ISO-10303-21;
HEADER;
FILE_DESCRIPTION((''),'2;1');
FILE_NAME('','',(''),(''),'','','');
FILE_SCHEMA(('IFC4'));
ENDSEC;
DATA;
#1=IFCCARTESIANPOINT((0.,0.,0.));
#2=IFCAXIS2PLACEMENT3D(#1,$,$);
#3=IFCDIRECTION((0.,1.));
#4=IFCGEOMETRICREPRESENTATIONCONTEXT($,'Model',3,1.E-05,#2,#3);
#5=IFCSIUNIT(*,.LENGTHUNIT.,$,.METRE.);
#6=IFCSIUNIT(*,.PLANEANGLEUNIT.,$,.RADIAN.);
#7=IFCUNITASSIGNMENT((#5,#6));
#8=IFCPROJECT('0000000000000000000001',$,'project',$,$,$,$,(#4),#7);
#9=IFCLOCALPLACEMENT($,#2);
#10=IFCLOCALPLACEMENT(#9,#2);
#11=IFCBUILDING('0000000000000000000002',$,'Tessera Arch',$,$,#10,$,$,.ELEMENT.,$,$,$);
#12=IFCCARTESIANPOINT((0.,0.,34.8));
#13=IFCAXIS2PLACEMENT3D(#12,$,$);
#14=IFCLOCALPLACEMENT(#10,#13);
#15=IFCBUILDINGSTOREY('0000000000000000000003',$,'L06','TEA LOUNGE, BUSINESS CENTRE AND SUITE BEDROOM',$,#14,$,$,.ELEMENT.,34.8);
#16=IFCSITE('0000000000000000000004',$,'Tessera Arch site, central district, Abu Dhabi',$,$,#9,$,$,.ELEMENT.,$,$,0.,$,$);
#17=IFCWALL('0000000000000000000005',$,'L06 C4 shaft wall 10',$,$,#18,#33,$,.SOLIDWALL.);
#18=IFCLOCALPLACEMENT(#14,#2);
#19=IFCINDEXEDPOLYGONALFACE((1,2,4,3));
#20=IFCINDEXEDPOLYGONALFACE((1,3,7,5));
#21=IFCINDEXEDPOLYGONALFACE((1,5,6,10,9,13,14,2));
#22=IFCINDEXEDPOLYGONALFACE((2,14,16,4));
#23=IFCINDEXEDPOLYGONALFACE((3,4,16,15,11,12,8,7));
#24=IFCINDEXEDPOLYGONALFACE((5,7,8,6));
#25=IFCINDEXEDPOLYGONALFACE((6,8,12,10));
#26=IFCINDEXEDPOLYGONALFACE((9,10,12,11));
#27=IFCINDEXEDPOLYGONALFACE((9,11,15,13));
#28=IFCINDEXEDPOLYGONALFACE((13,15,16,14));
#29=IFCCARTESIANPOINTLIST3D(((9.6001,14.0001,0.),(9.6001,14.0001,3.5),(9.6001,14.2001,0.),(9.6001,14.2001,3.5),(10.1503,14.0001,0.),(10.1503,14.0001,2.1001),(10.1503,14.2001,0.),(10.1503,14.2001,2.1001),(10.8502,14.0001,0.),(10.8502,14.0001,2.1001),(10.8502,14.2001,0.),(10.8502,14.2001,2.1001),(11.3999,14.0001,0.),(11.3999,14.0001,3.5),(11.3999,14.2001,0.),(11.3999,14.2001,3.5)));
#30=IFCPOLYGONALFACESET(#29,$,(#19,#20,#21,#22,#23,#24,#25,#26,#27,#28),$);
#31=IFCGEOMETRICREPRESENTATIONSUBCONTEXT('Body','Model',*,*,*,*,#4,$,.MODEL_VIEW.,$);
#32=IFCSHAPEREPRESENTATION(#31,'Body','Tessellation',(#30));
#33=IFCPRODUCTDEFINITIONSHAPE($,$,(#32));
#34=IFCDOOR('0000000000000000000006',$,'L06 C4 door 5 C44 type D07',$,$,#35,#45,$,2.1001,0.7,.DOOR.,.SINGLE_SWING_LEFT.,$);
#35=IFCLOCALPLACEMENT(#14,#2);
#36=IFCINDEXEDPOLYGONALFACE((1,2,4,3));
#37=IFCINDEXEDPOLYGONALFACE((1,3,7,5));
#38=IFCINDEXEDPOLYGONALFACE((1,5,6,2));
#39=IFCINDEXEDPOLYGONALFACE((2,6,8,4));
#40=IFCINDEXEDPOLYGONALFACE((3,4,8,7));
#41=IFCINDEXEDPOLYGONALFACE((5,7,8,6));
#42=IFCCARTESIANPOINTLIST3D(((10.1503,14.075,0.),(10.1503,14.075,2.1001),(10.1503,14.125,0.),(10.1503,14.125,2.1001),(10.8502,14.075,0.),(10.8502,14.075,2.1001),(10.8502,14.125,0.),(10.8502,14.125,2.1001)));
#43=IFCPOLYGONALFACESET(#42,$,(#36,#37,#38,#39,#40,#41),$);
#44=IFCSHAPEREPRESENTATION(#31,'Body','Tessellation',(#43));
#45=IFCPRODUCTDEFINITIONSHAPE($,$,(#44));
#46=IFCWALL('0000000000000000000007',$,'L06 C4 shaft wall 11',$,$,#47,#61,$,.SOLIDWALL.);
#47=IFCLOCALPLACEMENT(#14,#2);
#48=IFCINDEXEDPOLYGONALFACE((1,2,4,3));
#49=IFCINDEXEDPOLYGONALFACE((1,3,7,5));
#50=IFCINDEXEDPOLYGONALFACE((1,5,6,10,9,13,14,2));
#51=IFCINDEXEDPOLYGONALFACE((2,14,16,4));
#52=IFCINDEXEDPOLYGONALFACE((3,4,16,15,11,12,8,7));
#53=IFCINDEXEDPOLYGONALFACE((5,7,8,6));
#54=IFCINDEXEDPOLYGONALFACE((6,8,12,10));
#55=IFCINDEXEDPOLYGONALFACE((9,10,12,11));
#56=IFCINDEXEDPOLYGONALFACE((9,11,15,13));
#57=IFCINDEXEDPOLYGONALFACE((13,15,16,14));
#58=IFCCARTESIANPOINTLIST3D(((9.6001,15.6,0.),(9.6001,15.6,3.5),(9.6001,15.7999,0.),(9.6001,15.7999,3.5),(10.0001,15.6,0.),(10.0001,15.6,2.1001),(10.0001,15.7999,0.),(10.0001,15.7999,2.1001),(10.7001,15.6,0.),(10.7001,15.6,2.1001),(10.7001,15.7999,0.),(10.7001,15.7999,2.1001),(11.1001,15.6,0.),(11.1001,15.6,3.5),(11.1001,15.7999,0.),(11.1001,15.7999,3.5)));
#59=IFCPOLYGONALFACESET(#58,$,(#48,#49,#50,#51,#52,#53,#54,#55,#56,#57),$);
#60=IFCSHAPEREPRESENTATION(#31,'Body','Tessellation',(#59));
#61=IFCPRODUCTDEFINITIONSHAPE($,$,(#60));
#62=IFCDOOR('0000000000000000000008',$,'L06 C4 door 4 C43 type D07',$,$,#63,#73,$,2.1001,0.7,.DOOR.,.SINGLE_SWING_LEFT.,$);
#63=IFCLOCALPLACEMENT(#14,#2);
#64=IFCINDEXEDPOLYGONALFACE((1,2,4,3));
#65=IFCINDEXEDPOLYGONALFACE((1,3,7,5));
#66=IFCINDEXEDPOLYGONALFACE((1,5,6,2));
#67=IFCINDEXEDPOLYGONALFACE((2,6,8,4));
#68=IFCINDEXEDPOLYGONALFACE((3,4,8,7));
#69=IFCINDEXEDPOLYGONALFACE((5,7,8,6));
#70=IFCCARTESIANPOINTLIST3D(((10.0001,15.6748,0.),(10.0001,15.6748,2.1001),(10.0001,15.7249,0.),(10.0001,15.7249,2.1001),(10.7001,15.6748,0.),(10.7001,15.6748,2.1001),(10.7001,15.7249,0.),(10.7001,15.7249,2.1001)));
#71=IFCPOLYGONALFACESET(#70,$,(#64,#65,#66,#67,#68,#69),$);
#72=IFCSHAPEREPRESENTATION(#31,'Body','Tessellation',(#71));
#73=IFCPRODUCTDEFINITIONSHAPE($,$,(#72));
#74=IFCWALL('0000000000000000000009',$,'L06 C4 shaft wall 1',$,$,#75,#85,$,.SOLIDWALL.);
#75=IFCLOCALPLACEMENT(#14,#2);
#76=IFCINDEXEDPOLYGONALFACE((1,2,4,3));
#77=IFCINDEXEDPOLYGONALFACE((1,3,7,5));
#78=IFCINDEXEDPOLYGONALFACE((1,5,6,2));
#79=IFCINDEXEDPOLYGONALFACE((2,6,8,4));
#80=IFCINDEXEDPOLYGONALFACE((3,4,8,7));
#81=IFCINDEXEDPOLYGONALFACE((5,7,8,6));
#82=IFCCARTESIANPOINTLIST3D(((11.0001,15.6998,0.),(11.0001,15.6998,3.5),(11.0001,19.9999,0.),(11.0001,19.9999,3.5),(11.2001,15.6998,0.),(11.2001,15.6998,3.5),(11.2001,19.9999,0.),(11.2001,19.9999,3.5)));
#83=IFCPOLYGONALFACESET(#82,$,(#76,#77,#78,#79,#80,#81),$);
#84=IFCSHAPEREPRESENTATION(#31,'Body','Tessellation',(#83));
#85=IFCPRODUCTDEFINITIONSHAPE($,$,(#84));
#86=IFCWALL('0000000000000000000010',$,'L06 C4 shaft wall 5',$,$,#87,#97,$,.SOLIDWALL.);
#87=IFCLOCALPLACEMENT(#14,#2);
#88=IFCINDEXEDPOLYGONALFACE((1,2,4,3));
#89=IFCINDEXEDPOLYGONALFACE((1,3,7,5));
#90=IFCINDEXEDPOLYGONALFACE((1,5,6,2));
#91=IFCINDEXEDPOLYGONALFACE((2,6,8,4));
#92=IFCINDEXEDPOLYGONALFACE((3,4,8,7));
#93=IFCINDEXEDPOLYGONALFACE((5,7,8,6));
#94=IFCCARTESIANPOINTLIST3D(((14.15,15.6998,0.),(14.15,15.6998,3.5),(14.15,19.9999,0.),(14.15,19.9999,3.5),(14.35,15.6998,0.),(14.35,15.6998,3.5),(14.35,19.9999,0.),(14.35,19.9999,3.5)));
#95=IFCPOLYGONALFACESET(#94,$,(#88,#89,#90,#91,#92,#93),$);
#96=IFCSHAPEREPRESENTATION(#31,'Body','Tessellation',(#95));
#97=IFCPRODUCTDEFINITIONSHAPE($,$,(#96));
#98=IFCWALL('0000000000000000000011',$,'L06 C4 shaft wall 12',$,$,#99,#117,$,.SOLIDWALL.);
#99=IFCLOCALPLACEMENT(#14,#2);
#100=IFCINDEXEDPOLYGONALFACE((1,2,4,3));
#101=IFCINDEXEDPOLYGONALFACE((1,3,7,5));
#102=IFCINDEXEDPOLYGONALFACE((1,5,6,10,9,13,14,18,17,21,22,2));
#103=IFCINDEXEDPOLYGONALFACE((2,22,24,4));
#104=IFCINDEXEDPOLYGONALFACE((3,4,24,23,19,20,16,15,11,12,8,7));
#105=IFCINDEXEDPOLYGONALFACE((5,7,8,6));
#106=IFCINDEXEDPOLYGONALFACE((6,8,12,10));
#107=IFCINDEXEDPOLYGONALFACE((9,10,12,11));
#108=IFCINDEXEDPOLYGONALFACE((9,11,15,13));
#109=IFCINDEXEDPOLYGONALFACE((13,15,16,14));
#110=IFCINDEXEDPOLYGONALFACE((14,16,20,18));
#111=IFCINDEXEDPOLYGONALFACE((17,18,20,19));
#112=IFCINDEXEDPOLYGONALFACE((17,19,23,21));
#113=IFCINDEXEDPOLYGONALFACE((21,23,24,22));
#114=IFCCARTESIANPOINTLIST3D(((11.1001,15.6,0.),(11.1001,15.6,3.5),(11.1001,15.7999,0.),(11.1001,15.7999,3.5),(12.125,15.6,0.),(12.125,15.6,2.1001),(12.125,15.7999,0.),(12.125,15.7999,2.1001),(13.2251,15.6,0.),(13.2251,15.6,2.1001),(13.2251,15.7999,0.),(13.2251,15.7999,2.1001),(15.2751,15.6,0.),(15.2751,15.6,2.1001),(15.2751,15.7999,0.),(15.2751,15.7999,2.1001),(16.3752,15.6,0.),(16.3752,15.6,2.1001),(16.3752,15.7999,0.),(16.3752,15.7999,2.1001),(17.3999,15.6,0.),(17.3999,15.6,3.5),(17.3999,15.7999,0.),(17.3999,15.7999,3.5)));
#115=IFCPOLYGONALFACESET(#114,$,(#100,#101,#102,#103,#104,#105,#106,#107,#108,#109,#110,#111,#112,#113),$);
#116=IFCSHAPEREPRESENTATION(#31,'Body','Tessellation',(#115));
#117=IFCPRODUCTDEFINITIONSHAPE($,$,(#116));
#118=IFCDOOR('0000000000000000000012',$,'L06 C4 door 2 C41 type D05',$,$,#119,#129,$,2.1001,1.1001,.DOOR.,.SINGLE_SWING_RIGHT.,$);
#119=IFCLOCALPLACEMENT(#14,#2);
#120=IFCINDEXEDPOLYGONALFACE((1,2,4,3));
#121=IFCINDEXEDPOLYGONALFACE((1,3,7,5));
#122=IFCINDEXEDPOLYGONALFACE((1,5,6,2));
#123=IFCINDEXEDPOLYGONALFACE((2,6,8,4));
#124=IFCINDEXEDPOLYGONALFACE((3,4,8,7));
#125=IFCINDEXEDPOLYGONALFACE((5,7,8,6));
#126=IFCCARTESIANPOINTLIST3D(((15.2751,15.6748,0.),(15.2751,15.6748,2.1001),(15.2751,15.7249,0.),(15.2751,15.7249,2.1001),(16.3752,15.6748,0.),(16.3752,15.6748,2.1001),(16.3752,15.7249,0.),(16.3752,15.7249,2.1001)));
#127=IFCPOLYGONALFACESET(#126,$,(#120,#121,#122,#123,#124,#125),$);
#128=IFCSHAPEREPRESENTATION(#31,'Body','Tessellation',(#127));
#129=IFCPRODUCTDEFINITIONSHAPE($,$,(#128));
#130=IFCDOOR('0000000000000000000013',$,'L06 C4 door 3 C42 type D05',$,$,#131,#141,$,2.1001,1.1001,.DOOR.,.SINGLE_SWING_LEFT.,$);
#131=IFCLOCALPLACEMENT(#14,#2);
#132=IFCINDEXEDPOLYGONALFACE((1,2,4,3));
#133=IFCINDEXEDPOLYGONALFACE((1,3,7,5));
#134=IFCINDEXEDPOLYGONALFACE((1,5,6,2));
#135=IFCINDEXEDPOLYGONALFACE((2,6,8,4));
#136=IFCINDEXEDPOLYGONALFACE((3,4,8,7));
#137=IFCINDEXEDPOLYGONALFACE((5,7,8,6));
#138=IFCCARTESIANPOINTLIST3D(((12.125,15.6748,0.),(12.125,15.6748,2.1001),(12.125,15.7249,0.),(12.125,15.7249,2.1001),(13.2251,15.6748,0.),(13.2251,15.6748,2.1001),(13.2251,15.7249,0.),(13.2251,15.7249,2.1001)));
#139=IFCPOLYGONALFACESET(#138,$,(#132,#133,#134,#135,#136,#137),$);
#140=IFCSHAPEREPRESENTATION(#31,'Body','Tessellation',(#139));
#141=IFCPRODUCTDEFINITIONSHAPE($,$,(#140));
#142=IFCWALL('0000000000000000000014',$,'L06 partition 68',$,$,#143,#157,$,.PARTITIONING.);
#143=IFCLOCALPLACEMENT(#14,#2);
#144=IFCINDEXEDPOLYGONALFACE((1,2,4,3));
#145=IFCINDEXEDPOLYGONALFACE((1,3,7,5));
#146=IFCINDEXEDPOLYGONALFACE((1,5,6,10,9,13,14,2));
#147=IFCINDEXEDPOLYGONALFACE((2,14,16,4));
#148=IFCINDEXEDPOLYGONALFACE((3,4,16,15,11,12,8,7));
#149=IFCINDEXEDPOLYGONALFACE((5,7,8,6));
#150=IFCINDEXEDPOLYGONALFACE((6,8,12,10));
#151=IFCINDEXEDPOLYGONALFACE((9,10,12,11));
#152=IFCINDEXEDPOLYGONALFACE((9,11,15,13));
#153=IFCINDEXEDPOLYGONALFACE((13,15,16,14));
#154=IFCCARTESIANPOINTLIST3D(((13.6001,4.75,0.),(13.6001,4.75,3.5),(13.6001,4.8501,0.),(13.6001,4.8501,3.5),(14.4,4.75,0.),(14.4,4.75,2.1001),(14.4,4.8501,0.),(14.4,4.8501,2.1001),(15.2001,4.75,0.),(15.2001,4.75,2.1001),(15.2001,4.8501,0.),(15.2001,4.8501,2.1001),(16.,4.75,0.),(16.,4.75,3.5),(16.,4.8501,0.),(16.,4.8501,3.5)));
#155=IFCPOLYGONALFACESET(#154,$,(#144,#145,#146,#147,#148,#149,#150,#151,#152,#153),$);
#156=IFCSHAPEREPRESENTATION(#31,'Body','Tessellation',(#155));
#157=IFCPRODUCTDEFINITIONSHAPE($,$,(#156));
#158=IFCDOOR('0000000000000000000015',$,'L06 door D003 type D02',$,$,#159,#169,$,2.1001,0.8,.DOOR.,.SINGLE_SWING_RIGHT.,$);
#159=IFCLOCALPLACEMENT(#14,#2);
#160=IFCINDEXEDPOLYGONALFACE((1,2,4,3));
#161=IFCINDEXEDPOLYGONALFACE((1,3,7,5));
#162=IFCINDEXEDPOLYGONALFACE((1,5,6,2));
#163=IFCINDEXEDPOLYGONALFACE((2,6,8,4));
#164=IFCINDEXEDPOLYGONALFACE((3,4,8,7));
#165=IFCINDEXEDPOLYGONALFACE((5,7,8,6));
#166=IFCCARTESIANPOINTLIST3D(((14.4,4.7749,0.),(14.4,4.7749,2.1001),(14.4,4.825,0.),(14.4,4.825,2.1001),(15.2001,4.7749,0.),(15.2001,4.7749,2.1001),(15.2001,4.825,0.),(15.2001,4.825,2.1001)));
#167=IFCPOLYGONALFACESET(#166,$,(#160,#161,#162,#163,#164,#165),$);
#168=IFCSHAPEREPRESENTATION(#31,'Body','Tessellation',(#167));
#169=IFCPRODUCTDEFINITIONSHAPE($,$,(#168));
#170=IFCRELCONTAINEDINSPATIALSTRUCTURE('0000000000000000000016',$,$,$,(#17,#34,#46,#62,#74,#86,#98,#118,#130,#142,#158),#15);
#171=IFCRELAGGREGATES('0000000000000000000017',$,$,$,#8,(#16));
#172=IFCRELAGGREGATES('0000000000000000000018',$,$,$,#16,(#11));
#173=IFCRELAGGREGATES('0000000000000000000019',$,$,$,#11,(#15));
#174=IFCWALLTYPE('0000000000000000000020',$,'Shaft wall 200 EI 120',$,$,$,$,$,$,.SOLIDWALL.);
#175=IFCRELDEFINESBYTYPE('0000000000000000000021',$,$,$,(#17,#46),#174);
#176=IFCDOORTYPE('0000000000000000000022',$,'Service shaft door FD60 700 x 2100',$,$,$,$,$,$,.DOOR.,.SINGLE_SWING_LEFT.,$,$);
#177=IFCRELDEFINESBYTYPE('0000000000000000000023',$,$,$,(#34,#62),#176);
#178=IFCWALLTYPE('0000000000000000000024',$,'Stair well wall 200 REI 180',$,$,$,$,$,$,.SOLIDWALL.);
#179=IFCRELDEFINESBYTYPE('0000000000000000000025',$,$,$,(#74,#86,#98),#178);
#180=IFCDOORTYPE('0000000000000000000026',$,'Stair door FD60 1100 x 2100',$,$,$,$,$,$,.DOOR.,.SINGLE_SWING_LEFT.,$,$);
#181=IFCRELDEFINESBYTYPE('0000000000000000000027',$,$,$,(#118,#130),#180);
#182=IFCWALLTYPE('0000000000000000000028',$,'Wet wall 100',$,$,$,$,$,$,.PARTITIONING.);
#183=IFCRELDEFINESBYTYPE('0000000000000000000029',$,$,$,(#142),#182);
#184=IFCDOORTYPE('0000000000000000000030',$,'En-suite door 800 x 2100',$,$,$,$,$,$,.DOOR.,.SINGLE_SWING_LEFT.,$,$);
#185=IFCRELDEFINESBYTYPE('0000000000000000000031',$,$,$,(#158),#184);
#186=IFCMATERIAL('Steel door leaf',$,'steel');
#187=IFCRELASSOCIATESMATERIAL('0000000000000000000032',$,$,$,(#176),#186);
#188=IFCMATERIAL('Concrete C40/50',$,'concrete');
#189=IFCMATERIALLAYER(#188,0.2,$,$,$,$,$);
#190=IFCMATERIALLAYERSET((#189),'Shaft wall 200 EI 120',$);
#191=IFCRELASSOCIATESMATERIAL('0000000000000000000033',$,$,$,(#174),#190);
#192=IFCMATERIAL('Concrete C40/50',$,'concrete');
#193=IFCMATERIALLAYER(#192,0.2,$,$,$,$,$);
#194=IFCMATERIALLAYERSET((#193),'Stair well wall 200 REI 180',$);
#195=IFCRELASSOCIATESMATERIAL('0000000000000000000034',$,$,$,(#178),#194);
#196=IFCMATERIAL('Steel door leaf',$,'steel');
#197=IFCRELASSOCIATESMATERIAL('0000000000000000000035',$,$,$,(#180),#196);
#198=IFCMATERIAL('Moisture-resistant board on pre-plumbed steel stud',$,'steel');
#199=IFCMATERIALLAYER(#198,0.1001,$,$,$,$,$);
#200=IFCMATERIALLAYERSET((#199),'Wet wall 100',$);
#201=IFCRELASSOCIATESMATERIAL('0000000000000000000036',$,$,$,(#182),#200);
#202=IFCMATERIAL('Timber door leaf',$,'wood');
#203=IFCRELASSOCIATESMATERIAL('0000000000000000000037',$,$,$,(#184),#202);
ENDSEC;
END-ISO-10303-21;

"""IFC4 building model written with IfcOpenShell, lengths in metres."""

from ifc_helpers import new_model, si_unit, direction, frame, frame_2d, origin, place, context, subcontext, project, spatial, rectangle, extrude, material, layer, layer_set, type_object, element, fill, save


model = new_model("IFC4")

# Units and contexts
model_context = context("Model", 3, precision=1e-05, world=origin(), true_north=direction((0.0, 1.0)))
body_context = subcontext(model_context, "Body", "Model", "MODEL_VIEW")
ifc_project = project(units=[si_unit("LENGTHUNIT", "METRE"), si_unit("PLANEANGLEUNIT", "RADIAN")], contexts=[model_context])

# Site, building, storey
site_placement = place(None, origin())
site = spatial("IfcSite", under=ifc_project, at=site_placement, Name="Tessera Arch site, central district, Abu Dhabi", CompositionType="ELEMENT", RefElevation=0.0)
building_placement = place(site_placement, origin())
building = spatial("IfcBuilding", under=site, at=building_placement, Name="Tessera Arch", CompositionType="ELEMENT")
storey_placement = place(building_placement, frame((0.0, 0.0, 34.8)))
storey = spatial("IfcBuildingStorey", under=building, at=storey_placement, Name="L06", Description="TEA LOUNGE, BUSINESS CENTRE AND SUITE BEDROOM", CompositionType="ELEMENT", Elevation=34.8)

# Shared definitions
ifc_material_1 = material(Name="Steel door leaf", Category="steel")
door_type_1 = type_object("IfcDoorType", Name="Service shaft door FD60 700 x 2100", OperationType="SINGLE_SWING_LEFT", PredefinedType="DOOR", material=ifc_material_1)

# Shared definitions
ifc_material_2 = material(Name="Concrete C40/50", Category="concrete")
ifc_layer_1 = layer(ifc_material_2, 0.2)
ifc_layer_set_1 = layer_set([ifc_layer_1], Name="Shaft wall 200 EI 120")
wall_type_1 = type_object("IfcWallType", Name="Shaft wall 200 EI 120", PredefinedType="SOLIDWALL", material=ifc_layer_set_1)

# Walls, openings, doors
wall_1_placement = place(storey_placement, frame((9.6001, 14.1001, 0.0), z_axis=(0.0, 0.0, 1.0), x_axis=(1.0, 0.0, 0.0)))
wall_1 = element("IfcWall", 1, at=wall_1_placement, inside=storey, type_object=wall_type_1, Name="L06 C4 shaft wall 10", PredefinedType="SOLIDWALL", context=body_context, shape_type="SweptSolid", body=[
    extrude(rectangle(XDim=1.7998, YDim=0.2, at=frame_2d((0.8999, 0.0))), origin(), (0.0, 0.0, 1.0), 3.5),
])
opening_1_placement = place(wall_1_placement, frame((0.55, 0.0, 0.0)))
opening_1 = element("IfcOpeningElement", 2, at=opening_1_placement, cuts=wall_1, PredefinedType="OPENING", context=body_context, shape_type="SweptSolid", body=[
    extrude(rectangle(XDim=0.7, YDim=2.1001, at=frame_2d((0.3501, 1.05))), frame((0.0, 0.1099, 0.0), z_axis=(0.0, -1.0, 0.0), x_axis=(1.0, 0.0, 0.0)), (0.0, 0.0, 1.0), 0.22),
])
door_1_placement = place(opening_1_placement, origin())
door_1 = element("IfcDoor", 3, at=door_1_placement, inside=storey, type_object=door_type_1, Name="L06 C4 door 5 C44 type D07", OperationType="SINGLE_SWING_LEFT", OverallHeight=2.1001, OverallWidth=0.7, PredefinedType="DOOR", context=body_context, shape_type="SweptSolid", body=[
    extrude(rectangle(XDim=0.7, YDim=2.1001, at=frame_2d((0.3501, 1.05))), frame((0.0, 0.0249, 0.0), z_axis=(0.0, -1.0, 0.0), x_axis=(1.0, 0.0, 0.0)), (0.0, 0.0, 1.0), 0.05),
])
fill(opening_1, door_1)
wall_2_placement = place(storey_placement, frame((9.6001, 15.7, 0.0), z_axis=(0.0, 0.0, 1.0), x_axis=(1.0, 0.0, 0.0)))
wall_2 = element("IfcWall", 4, at=wall_2_placement, inside=storey, type_object=wall_type_1, Name="L06 C4 shaft wall 11", PredefinedType="SOLIDWALL", context=body_context, shape_type="SweptSolid", body=[
    extrude(rectangle(XDim=1.5, YDim=0.2, at=frame_2d((0.75, 0.0))), origin(), (0.0, 0.0, 1.0), 3.5),
])
opening_2_placement = place(wall_2_placement, frame((0.3999, 0.0, 0.0)))
opening_2 = element("IfcOpeningElement", 5, at=opening_2_placement, cuts=wall_2, PredefinedType="OPENING", context=body_context, shape_type="SweptSolid", body=[
    extrude(rectangle(XDim=0.7, YDim=2.1001, at=frame_2d((0.3501, 1.05))), frame((0.0, 0.1099, 0.0), z_axis=(0.0, -1.0, 0.0), x_axis=(1.0, 0.0, 0.0)), (0.0, 0.0, 1.0), 0.22),
])
door_2_placement = place(opening_2_placement, origin())
door_2 = element("IfcDoor", 6, at=door_2_placement, inside=storey, type_object=door_type_1, Name="L06 C4 door 4 C43 type D07", OperationType="SINGLE_SWING_LEFT", OverallHeight=2.1001, OverallWidth=0.7, PredefinedType="DOOR", context=body_context, shape_type="SweptSolid", body=[
    extrude(rectangle(XDim=0.7, YDim=2.1001, at=frame_2d((0.3501, 1.05))), frame((0.0, 0.0249, 0.0), z_axis=(0.0, -1.0, 0.0), x_axis=(1.0, 0.0, 0.0)), (0.0, 0.0, 1.0), 0.05),
])
fill(opening_2, door_2)

# Walls
ifc_material_3 = material(Name="Concrete C40/50", Category="concrete")
ifc_layer_2 = layer(ifc_material_3, 0.2)
ifc_layer_set_2 = layer_set([ifc_layer_2], Name="Stair well wall 200 REI 180")
wall_type_2 = type_object("IfcWallType", Name="Stair well wall 200 REI 180", PredefinedType="SOLIDWALL", material=ifc_layer_set_2)
for number, where, z_axis, x_axis, name in (
    (7, (11.1001, 15.7, 0.0), (0.0, 0.0, 1.0), (0.0, 1.0, 0.0), "L06 C4 shaft wall 1"),
    (8, (14.25, 15.7, 0.0), (0.0, 0.0, 1.0), (0.0, 1.0, 0.0), "L06 C4 shaft wall 5"),
):
    element("IfcWall", number, at=place(storey_placement, frame(where, z_axis=z_axis, x_axis=x_axis)), inside=storey, type_object=wall_type_2, Name=name, PredefinedType="SOLIDWALL", context=body_context, shape_type="SweptSolid", body=[
        extrude(rectangle(XDim=4.3, YDim=0.2, at=frame_2d((2.1499, 0.0))), origin(), (0.0, 0.0, 1.0), 3.5),
    ])

# Wall, openings, doors
wall_3_placement = place(storey_placement, frame((11.1001, 15.7, 0.0), z_axis=(0.0, 0.0, 1.0), x_axis=(1.0, 0.0, 0.0)))
wall_3 = element("IfcWall", 9, at=wall_3_placement, inside=storey, type_object=wall_type_2, Name="L06 C4 shaft wall 12", PredefinedType="SOLIDWALL", context=body_context, shape_type="SweptSolid", body=[
    extrude(rectangle(XDim=6.2998, YDim=0.2, at=frame_2d((3.1499, 0.0))), origin(), (0.0, 0.0, 1.0), 3.5),
])
opening_3_placement = place(wall_3_placement, frame((4.175, 0.0, 0.0)))
opening_3 = element("IfcOpeningElement", 10, at=opening_3_placement, cuts=wall_3, PredefinedType="OPENING", context=body_context, shape_type="SweptSolid", body=[
    extrude(rectangle(XDim=1.1001, YDim=2.1001, at=frame_2d((0.55, 1.05))), frame((0.0, 0.1099, 0.0), z_axis=(0.0, -1.0, 0.0), x_axis=(1.0, 0.0, 0.0)), (0.0, 0.0, 1.0), 0.22),
])
opening_4_placement = place(wall_3_placement, frame((1.0249, 0.0, 0.0)))
opening_4 = element("IfcOpeningElement", 11, at=opening_4_placement, cuts=wall_3, PredefinedType="OPENING", context=body_context, shape_type="SweptSolid", body=[
    extrude(rectangle(XDim=1.1001, YDim=2.1001, at=frame_2d((0.55, 1.05))), frame((0.0, 0.1099, 0.0), z_axis=(0.0, -1.0, 0.0), x_axis=(1.0, 0.0, 0.0)), (0.0, 0.0, 1.0), 0.22),
])
ifc_material_4 = material(Name="Steel door leaf", Category="steel")
door_type_2 = type_object("IfcDoorType", Name="Stair door FD60 1100 x 2100", OperationType="SINGLE_SWING_LEFT", PredefinedType="DOOR", material=ifc_material_4)
door_3_placement = place(opening_3_placement, origin())
door_3 = element("IfcDoor", 12, at=door_3_placement, inside=storey, type_object=door_type_2, Name="L06 C4 door 2 C41 type D05", OperationType="SINGLE_SWING_RIGHT", OverallHeight=2.1001, OverallWidth=1.1001, PredefinedType="DOOR", context=body_context, shape_type="SweptSolid", body=[
    extrude(rectangle(XDim=1.1001, YDim=2.1001, at=frame_2d((0.55, 1.05))), frame((0.0, 0.0249, 0.0), z_axis=(0.0, -1.0, 0.0), x_axis=(1.0, 0.0, 0.0)), (0.0, 0.0, 1.0), 0.05),
])
fill(opening_3, door_3)
door_4_placement = place(opening_4_placement, origin())
door_4 = element("IfcDoor", 13, at=door_4_placement, inside=storey, type_object=door_type_2, Name="L06 C4 door 3 C42 type D05", OperationType="SINGLE_SWING_LEFT", OverallHeight=2.1001, OverallWidth=1.1001, PredefinedType="DOOR", context=body_context, shape_type="SweptSolid", body=[
    extrude(rectangle(XDim=1.1001, YDim=2.1001, at=frame_2d((0.55, 1.05))), frame((0.0, 0.0249, 0.0), z_axis=(0.0, -1.0, 0.0), x_axis=(1.0, 0.0, 0.0)), (0.0, 0.0, 1.0), 0.05),
])
fill(opening_4, door_4)

# Wall, opening, door
ifc_material_5 = material(Name="Moisture-resistant board on pre-plumbed steel stud", Category="steel")
ifc_layer_3 = layer(ifc_material_5, 0.1001)
ifc_layer_set_3 = layer_set([ifc_layer_3], Name="Wet wall 100")
wall_type_3 = type_object("IfcWallType", Name="Wet wall 100", PredefinedType="PARTITIONING", material=ifc_layer_set_3)
wall_4_placement = place(storey_placement, frame((13.6001, 4.8, 0.0), z_axis=(0.0, 0.0, 1.0), x_axis=(1.0, 0.0, 0.0)))
wall_4 = element("IfcWall", 14, at=wall_4_placement, inside=storey, type_object=wall_type_3, Name="L06 partition 68", PredefinedType="PARTITIONING", context=body_context, shape_type="SweptSolid", body=[
    extrude(rectangle(XDim=2.3999, YDim=0.1001, at=frame_2d((1.2, 0.0))), origin(), (0.0, 0.0, 1.0), 3.5),
])
opening_5_placement = place(wall_4_placement, frame((0.8, 0.0, 0.0)))
opening_5 = element("IfcOpeningElement", 15, at=opening_5_placement, cuts=wall_4, PredefinedType="OPENING", context=body_context, shape_type="SweptSolid", body=[
    extrude(rectangle(XDim=0.8, YDim=2.1001, at=frame_2d((0.3999, 1.05))), frame((0.0, 0.0601, 0.0), z_axis=(0.0, -1.0, 0.0), x_axis=(1.0, 0.0, 0.0)), (0.0, 0.0, 1.0), 0.1201),
])
ifc_material_6 = material(Name="Timber door leaf", Category="wood")
door_type_3 = type_object("IfcDoorType", Name="En-suite door 800 x 2100", OperationType="SINGLE_SWING_LEFT", PredefinedType="DOOR", material=ifc_material_6)
door_5_placement = place(opening_5_placement, origin())
door_5 = element("IfcDoor", 16, at=door_5_placement, inside=storey, type_object=door_type_3, Name="L06 door D003 type D02", OperationType="SINGLE_SWING_RIGHT", OverallHeight=2.1001, OverallWidth=0.8, PredefinedType="DOOR", context=body_context, shape_type="SweptSolid", body=[
    extrude(rectangle(XDim=0.8, YDim=2.1001, at=frame_2d((0.3999, 1.05))), frame((0.0, 0.0249, 0.0), z_axis=(0.0, -1.0, 0.0), x_axis=(1.0, 0.0, 0.0)), (0.0, 0.0, 1.0), 0.05),
])
fill(opening_5, door_5)

save(model, "model.ifc")
